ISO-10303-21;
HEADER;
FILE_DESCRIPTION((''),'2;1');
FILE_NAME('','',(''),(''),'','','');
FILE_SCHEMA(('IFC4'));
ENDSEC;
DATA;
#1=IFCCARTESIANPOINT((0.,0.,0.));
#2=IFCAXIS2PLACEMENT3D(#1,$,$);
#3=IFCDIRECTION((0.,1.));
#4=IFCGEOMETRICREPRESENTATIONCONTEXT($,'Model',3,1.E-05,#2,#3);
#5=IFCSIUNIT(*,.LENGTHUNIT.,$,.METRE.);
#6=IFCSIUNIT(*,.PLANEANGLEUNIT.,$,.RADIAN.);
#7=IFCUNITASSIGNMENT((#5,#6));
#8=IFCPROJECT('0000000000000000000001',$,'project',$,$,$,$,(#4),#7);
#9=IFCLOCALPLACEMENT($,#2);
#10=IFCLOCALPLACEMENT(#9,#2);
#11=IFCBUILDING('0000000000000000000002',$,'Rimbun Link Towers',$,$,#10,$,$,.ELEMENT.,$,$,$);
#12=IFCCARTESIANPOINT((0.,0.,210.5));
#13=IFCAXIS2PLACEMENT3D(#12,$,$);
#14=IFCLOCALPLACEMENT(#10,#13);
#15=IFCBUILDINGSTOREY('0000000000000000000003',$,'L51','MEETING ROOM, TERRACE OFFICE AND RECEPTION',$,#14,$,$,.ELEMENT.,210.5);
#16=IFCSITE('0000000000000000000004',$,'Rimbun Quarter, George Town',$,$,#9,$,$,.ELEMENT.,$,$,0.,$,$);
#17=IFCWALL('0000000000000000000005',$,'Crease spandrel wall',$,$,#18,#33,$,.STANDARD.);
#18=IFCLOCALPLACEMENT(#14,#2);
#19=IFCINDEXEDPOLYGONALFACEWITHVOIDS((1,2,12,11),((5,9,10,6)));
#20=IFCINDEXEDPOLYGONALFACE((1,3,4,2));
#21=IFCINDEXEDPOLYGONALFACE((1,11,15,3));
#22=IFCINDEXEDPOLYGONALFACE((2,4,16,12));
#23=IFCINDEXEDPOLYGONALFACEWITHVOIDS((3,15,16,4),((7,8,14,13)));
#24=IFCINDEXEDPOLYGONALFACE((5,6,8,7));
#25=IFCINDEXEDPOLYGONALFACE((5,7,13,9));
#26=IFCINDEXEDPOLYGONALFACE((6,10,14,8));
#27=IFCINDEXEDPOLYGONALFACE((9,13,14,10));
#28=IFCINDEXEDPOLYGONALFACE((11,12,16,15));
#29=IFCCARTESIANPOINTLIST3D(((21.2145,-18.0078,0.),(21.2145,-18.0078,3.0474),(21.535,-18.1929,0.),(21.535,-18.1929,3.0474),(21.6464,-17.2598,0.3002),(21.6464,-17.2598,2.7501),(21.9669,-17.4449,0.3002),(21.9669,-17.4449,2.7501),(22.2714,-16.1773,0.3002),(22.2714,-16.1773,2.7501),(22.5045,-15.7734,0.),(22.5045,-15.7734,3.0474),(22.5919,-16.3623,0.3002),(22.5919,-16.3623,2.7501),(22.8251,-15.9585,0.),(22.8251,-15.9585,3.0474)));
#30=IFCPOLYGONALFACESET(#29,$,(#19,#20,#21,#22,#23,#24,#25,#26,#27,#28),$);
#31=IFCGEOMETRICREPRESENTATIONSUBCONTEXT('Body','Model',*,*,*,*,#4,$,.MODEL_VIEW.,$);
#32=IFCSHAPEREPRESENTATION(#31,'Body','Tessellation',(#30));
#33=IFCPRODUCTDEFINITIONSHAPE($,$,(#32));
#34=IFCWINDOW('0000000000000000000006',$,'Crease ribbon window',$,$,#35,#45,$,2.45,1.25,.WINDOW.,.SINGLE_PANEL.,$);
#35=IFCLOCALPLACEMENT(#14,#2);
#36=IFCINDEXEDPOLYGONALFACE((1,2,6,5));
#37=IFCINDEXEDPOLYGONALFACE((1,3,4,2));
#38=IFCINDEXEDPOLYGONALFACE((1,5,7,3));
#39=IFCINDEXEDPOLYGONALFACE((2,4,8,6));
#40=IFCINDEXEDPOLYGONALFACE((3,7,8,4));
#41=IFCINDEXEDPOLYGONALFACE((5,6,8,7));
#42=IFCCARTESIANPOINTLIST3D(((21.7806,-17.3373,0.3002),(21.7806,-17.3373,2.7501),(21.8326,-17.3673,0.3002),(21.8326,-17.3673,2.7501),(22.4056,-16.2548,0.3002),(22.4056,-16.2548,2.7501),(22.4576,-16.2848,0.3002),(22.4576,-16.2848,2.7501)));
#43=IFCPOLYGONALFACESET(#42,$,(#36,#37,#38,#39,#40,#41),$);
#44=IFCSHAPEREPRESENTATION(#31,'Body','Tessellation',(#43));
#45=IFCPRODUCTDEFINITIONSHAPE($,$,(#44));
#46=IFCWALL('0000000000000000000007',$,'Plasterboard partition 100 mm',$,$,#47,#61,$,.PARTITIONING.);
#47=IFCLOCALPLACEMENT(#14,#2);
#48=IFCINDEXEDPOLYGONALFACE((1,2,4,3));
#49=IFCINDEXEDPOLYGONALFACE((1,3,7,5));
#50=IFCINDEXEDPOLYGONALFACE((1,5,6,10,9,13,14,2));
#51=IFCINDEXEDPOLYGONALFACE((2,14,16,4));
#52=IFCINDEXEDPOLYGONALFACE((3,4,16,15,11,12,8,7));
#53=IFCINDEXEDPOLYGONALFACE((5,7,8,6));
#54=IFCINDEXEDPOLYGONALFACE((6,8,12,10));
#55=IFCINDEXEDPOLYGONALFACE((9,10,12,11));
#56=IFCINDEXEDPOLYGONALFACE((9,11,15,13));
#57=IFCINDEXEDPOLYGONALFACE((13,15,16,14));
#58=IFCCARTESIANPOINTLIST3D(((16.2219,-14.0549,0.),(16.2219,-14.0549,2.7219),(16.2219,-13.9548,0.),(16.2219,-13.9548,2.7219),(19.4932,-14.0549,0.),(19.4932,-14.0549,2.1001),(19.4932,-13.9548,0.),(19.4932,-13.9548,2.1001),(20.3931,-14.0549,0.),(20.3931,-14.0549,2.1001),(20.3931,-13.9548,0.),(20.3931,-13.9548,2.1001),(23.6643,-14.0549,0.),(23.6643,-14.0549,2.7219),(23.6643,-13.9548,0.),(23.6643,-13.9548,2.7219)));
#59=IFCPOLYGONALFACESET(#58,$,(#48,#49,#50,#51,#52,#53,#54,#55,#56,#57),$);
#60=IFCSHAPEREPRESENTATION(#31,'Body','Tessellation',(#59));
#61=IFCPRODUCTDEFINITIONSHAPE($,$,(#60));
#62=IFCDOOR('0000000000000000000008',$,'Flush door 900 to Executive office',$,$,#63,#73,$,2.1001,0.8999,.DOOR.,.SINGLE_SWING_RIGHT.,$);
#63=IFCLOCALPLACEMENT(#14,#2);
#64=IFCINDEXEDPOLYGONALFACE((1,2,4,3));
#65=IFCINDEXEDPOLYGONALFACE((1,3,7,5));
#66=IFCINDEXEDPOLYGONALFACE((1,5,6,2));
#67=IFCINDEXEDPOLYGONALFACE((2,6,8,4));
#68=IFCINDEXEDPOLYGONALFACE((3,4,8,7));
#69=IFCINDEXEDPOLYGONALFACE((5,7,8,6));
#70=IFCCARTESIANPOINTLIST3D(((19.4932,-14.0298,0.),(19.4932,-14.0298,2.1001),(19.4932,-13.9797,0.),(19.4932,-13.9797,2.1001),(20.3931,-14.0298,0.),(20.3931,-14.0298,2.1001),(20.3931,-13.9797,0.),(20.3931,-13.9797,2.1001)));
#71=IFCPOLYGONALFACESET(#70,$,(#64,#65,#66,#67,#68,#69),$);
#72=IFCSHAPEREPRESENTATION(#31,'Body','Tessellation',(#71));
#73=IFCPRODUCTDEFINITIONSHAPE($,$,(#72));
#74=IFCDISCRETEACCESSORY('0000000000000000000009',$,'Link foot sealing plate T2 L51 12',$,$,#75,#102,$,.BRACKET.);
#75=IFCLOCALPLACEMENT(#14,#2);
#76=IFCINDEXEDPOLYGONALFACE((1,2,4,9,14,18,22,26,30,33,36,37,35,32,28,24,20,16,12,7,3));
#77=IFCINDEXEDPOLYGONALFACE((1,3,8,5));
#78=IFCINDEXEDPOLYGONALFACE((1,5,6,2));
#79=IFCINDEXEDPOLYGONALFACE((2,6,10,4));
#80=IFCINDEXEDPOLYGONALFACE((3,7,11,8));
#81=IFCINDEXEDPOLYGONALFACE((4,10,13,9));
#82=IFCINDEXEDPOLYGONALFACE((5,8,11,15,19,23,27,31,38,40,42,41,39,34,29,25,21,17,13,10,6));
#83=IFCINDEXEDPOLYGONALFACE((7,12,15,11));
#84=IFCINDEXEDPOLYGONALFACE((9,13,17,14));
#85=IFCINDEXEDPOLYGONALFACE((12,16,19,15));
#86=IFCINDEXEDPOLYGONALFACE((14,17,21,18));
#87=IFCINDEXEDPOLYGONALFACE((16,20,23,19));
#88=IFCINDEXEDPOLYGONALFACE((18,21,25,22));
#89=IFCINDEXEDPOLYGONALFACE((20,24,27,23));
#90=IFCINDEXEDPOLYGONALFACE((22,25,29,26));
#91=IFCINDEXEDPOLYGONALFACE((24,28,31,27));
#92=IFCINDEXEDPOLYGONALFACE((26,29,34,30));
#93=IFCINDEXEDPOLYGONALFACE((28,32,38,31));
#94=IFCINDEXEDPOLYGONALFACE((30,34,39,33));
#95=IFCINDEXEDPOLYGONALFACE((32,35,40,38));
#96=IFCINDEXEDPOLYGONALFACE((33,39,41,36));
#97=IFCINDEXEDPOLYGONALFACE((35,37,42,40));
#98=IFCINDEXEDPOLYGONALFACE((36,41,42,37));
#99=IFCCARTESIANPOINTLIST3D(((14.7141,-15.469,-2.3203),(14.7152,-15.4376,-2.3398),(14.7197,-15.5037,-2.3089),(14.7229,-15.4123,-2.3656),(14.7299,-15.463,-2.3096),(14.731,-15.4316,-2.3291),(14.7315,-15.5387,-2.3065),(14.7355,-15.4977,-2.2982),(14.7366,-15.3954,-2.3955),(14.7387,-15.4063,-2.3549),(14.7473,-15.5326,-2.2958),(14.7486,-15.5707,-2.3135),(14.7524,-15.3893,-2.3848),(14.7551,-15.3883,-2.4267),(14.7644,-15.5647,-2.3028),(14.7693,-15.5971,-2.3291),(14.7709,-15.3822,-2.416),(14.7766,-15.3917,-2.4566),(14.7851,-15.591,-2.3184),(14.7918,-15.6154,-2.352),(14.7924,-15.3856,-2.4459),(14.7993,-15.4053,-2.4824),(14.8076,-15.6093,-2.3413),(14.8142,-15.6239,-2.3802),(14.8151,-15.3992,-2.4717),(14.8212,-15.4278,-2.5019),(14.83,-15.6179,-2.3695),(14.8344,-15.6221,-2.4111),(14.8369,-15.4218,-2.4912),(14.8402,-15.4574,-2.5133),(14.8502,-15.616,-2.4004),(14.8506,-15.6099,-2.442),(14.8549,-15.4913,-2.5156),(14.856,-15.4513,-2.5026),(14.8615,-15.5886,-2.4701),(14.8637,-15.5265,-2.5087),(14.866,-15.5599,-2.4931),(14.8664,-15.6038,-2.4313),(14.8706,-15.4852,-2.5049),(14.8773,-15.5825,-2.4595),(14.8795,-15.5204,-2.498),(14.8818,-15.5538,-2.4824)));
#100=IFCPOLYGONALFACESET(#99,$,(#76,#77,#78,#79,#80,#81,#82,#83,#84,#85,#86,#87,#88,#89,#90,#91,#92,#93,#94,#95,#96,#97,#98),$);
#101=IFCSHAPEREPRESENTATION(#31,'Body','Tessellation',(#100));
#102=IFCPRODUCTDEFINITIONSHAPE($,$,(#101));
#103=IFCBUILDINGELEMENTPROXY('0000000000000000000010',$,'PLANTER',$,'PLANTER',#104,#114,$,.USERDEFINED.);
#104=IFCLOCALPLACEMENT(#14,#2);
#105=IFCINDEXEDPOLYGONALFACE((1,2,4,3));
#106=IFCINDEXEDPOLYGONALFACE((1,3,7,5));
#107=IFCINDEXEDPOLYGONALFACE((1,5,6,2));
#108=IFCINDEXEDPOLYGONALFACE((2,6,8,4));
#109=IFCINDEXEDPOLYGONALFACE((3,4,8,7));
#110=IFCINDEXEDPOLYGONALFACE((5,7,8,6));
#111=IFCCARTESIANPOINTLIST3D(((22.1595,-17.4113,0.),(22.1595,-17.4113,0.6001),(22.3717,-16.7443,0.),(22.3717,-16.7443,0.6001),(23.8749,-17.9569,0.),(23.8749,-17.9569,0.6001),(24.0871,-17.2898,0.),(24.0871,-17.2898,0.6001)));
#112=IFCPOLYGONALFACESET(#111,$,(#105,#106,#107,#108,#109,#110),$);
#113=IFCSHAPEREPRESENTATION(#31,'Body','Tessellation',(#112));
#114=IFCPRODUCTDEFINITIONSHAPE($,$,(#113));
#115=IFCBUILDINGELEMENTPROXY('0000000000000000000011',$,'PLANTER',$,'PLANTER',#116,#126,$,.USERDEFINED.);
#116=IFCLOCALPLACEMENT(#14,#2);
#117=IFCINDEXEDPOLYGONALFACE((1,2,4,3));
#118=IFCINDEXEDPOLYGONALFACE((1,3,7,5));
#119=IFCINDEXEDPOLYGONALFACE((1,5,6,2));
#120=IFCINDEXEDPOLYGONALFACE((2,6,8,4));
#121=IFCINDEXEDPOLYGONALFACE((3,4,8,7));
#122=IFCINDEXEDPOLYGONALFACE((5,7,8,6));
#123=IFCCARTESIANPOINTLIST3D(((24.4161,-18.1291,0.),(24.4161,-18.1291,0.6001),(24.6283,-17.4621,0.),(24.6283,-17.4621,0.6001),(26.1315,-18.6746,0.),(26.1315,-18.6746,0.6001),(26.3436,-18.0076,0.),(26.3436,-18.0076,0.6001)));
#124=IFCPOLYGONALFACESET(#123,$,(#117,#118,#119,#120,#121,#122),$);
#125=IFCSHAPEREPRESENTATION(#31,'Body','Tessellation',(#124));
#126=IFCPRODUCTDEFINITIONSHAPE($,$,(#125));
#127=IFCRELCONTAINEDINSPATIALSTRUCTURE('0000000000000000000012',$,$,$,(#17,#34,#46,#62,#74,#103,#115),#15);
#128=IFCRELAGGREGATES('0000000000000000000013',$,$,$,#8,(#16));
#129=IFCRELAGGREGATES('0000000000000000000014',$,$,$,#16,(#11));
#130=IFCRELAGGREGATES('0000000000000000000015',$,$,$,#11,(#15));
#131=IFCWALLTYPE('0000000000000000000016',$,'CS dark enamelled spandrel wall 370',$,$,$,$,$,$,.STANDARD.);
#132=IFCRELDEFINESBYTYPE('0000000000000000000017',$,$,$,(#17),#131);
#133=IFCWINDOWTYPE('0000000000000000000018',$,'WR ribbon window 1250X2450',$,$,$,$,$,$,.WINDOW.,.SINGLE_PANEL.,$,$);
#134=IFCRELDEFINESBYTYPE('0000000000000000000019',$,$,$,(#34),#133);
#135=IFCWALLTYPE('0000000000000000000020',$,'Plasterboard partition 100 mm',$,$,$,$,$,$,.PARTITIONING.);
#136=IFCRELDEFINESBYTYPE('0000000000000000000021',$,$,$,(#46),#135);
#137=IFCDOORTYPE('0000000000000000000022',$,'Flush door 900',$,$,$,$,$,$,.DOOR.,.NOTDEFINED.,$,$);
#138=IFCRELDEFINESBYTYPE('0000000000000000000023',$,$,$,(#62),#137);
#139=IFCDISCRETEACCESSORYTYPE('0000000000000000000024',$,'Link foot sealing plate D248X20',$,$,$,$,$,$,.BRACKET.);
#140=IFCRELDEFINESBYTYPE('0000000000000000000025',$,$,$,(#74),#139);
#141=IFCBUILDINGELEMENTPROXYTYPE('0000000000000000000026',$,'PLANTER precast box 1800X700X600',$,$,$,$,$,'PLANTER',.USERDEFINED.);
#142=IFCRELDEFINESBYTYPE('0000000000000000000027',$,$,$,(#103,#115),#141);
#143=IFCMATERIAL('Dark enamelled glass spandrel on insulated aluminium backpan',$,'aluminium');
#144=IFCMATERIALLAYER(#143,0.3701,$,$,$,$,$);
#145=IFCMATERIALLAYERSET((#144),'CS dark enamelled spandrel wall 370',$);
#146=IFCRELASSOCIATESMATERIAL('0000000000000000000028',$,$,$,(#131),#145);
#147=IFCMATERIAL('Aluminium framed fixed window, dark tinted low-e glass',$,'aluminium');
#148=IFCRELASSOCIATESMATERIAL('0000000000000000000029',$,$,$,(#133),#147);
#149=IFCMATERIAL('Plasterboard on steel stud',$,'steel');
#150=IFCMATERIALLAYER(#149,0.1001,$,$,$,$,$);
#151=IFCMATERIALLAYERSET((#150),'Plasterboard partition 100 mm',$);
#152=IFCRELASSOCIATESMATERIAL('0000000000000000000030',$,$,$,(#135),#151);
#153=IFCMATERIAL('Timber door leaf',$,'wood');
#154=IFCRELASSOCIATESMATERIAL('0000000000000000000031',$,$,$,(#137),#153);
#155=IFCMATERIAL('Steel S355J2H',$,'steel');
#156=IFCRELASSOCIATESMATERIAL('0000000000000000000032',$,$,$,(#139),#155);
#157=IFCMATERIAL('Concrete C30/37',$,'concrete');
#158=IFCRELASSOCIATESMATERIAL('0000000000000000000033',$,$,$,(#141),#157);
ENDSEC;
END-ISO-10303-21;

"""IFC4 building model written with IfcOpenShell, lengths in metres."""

from ifc_helpers import new_model, si_unit, direction, frame, frame_2d, origin, origin_2d, place, context, subcontext, project, spatial, rectangle, circle, extrude, material, layer, layer_set, material_profile, profile_set, type_object, element, fill, save


model = new_model("IFC4")

# Units and contexts
model_context = context("Model", 3, precision=1e-05, world=origin(), true_north=direction((0.0, 1.0)))
body_context = subcontext(model_context, "Body", "Model", "MODEL_VIEW")
ifc_project = project(units=[si_unit("LENGTHUNIT", "METRE"), si_unit("PLANEANGLEUNIT", "RADIAN")], contexts=[model_context])

# Site, building, storey
site_placement = place(None, origin())
site = spatial("IfcSite", under=ifc_project, at=site_placement, Name="Rimbun Quarter, George Town", CompositionType="ELEMENT", RefElevation=0.0)
building_placement = place(site_placement, origin())
building = spatial("IfcBuilding", under=site, at=building_placement, Name="Rimbun Link Towers", CompositionType="ELEMENT")
storey_placement = place(building_placement, frame((0.0, 0.0, 210.5)))
storey = spatial("IfcBuildingStorey", under=building, at=storey_placement, Name="L51", Description="MEETING ROOM, TERRACE OFFICE AND RECEPTION", CompositionType="ELEMENT", Elevation=210.5)

# Wall, opening, window
ifc_material_1 = material(Name="Dark enamelled glass spandrel on insulated aluminium backpan", Category="aluminium")
ifc_layer_1 = layer(ifc_material_1, 0.3701)
ifc_layer_set_1 = layer_set([ifc_layer_1], Name="CS dark enamelled spandrel wall 370")
wall_type_1 = type_object("IfcWallType", Name="CS dark enamelled spandrel wall 370", PredefinedType="STANDARD", material=ifc_layer_set_1)
wall_1_placement = place(storey_placement, frame((22.6648, -15.866, 0.0), z_axis=(0.0, 0.0, 1.0), x_axis=(-0.500006, -0.866022, 0.0)))
wall_1 = element("IfcWall", 1, at=wall_1_placement, inside=storey, type_object=wall_type_1, Name="Crease spandrel wall", PredefinedType="STANDARD", context=body_context, shape_type="SweptSolid", body=[
    extrude(rectangle(XDim=2.5801, YDim=0.3701, at=frame_2d((1.29, 0.0))), origin(), (0.0, 0.0, 1.0), 3.0474),
])
opening_1_placement = place(wall_1_placement, frame((0.4663, 0.0, 0.3)))
opening_1 = element("IfcOpeningElement", 2, at=opening_1_placement, cuts=wall_1, PredefinedType="OPENING", context=body_context, shape_type="SweptSolid", body=[
    extrude(rectangle(XDim=1.25, YDim=2.45, at=frame_2d((0.625, 1.2251))), frame((0.0, 0.1951, 0.0), z_axis=(0.0, -1.0, 0.0), x_axis=(1.0, 0.0, 0.0)), (0.0, 0.0, 1.0), 0.3901),
])
ifc_material_2 = material(Name="Aluminium framed fixed window, dark tinted low-e glass", Category="aluminium")
window_type = type_object("IfcWindowType", Name="WR ribbon window 1250X2450", PartitioningType="SINGLE_PANEL", PredefinedType="WINDOW", material=ifc_material_2)
window_placement = place(opening_1_placement, origin())
window = element("IfcWindow", 3, at=window_placement, inside=storey, type_object=window_type, Name="Crease ribbon window", OverallHeight=2.45, OverallWidth=1.25, PartitioningType="SINGLE_PANEL", PredefinedType="WINDOW", context=body_context, shape_type="SweptSolid", body=[
    extrude(rectangle(XDim=1.25, YDim=2.45, at=frame_2d((0.625, 1.2251))), frame((0.0, 0.03, 0.0), z_axis=(0.0, -1.0, 0.0), x_axis=(1.0, 0.0, 0.0)), (0.0, 0.0, 1.0), 0.0601),
])
fill(opening_1, window)

# Wall, opening, door
ifc_material_3 = material(Name="Plasterboard on steel stud", Category="steel")
ifc_layer_2 = layer(ifc_material_3, 0.1001)
ifc_layer_set_2 = layer_set([ifc_layer_2], Name="Plasterboard partition 100 mm")
wall_type_2 = type_object("IfcWallType", Name="Plasterboard partition 100 mm", PredefinedType="PARTITIONING", material=ifc_layer_set_2)
wall_2_placement = place(storey_placement, frame((23.6643, -14.0049, 0.0), z_axis=(0.0, 0.0, 1.0), x_axis=(-1.0, 0.0, 0.0)))
wall_2 = element("IfcWall", 4, at=wall_2_placement, inside=storey, type_object=wall_type_2, Name="Plasterboard partition 100 mm", PredefinedType="PARTITIONING", context=body_context, shape_type="SweptSolid", body=[
    extrude(rectangle(XDim=7.4424, YDim=0.1001, at=frame_2d((3.7212, 0.0))), origin(), (0.0, 0.0, 1.0), 2.7219),
])
opening_2_placement = place(wall_2_placement, frame((3.2712, 0.0, 0.0)))
opening_2 = element("IfcOpeningElement", 5, at=opening_2_placement, cuts=wall_2, PredefinedType="OPENING", context=body_context, shape_type="SweptSolid", body=[
    extrude(rectangle(XDim=0.8999, YDim=2.1001, at=frame_2d((0.45, 1.05))), frame((0.0, 0.0601, 0.0), z_axis=(0.0, -1.0, 0.0), x_axis=(1.0, 0.0, 0.0)), (0.0, 0.0, 1.0), 0.1201),
])
ifc_material_4 = material(Name="Timber door leaf", Category="wood")
door_type = type_object("IfcDoorType", Name="Flush door 900", OperationType="NOTDEFINED", PredefinedType="DOOR", material=ifc_material_4)
door_placement = place(opening_2_placement, origin())
door = element("IfcDoor", 6, at=door_placement, inside=storey, type_object=door_type, Name="Flush door 900 to Executive office", OperationType="SINGLE_SWING_RIGHT", OverallHeight=2.1001, OverallWidth=0.8999, PredefinedType="DOOR", context=body_context, shape_type="SweptSolid", body=[
    extrude(rectangle(XDim=0.8999, YDim=2.1001, at=frame_2d((0.45, 1.05))), frame((0.0, 0.0249, 0.0), z_axis=(0.0, -1.0, 0.0), x_axis=(1.0, 0.0, 0.0)), (0.0, 0.0, 1.0), 0.05),
])
fill(opening_2, door)

# Discrete accessory
ifc_material_5 = material(Name="Steel S355J2H", Category="steel")
ifc_material_profile_1 = material_profile(ifc_material_5, circle(Radius=0.124, at=origin_2d()), Name="PL D248")
ifc_profile_set_1 = profile_set([ifc_material_profile_1], Name="Steel S355J2H")
discrete_accessory_type = type_object("IfcDiscreteAccessoryType", Name="Link foot sealing plate D248X20", PredefinedType="BRACKET", material=ifc_profile_set_1)
discrete_accessory_placement = place(storey_placement, frame((14.8057, -15.5002, -2.4004), z_axis=(-0.789053, -0.303482, -0.534128), x_axis=(0.358979, -0.933346, 0.0)))
element("IfcDiscreteAccessory", 7, at=discrete_accessory_placement, inside=storey, type_object=discrete_accessory_type, Name="Link foot sealing plate T2 L51 12", PredefinedType="BRACKET", context=body_context, shape_type="SweptSolid", body=[
    extrude(circle(Radius=0.124, at=origin_2d()), origin(), (0.0, 0.0, 1.0), 0.02),
])

# Building element proxies
ifc_material_6 = material(Name="Concrete C30/37", Category="concrete")
building_element_proxy_type = type_object("IfcBuildingElementProxyType", Name="PLANTER precast box 1800X700X600", ElementType="PLANTER", PredefinedType="USERDEFINED", material=ifc_material_6)
for number, where, z_axis, x_axis, name in (
    (8, (23.1233, -17.3506, 0.0), (0.0, 0.0, 1.0), (0.952969, -0.303068, 0.0), "PLANTER"),
    (9, (25.3799, -18.0684, 0.0), (0.0, 0.0, 1.0), (0.952969, -0.303068, 0.0), "PLANTER"),
):
    element("IfcBuildingElementProxy", number, at=place(storey_placement, frame(where, z_axis=z_axis, x_axis=x_axis)), inside=storey, type_object=building_element_proxy_type, Name=name, ObjectType="PLANTER", PredefinedType="USERDEFINED", context=body_context, shape_type="SweptSolid", body=[
        extrude(rectangle(XDim=1.8, YDim=0.7, at=origin_2d()), origin(), (0.0, 0.0, 1.0), 0.6001),
    ])

save(model, "model.ifc")
